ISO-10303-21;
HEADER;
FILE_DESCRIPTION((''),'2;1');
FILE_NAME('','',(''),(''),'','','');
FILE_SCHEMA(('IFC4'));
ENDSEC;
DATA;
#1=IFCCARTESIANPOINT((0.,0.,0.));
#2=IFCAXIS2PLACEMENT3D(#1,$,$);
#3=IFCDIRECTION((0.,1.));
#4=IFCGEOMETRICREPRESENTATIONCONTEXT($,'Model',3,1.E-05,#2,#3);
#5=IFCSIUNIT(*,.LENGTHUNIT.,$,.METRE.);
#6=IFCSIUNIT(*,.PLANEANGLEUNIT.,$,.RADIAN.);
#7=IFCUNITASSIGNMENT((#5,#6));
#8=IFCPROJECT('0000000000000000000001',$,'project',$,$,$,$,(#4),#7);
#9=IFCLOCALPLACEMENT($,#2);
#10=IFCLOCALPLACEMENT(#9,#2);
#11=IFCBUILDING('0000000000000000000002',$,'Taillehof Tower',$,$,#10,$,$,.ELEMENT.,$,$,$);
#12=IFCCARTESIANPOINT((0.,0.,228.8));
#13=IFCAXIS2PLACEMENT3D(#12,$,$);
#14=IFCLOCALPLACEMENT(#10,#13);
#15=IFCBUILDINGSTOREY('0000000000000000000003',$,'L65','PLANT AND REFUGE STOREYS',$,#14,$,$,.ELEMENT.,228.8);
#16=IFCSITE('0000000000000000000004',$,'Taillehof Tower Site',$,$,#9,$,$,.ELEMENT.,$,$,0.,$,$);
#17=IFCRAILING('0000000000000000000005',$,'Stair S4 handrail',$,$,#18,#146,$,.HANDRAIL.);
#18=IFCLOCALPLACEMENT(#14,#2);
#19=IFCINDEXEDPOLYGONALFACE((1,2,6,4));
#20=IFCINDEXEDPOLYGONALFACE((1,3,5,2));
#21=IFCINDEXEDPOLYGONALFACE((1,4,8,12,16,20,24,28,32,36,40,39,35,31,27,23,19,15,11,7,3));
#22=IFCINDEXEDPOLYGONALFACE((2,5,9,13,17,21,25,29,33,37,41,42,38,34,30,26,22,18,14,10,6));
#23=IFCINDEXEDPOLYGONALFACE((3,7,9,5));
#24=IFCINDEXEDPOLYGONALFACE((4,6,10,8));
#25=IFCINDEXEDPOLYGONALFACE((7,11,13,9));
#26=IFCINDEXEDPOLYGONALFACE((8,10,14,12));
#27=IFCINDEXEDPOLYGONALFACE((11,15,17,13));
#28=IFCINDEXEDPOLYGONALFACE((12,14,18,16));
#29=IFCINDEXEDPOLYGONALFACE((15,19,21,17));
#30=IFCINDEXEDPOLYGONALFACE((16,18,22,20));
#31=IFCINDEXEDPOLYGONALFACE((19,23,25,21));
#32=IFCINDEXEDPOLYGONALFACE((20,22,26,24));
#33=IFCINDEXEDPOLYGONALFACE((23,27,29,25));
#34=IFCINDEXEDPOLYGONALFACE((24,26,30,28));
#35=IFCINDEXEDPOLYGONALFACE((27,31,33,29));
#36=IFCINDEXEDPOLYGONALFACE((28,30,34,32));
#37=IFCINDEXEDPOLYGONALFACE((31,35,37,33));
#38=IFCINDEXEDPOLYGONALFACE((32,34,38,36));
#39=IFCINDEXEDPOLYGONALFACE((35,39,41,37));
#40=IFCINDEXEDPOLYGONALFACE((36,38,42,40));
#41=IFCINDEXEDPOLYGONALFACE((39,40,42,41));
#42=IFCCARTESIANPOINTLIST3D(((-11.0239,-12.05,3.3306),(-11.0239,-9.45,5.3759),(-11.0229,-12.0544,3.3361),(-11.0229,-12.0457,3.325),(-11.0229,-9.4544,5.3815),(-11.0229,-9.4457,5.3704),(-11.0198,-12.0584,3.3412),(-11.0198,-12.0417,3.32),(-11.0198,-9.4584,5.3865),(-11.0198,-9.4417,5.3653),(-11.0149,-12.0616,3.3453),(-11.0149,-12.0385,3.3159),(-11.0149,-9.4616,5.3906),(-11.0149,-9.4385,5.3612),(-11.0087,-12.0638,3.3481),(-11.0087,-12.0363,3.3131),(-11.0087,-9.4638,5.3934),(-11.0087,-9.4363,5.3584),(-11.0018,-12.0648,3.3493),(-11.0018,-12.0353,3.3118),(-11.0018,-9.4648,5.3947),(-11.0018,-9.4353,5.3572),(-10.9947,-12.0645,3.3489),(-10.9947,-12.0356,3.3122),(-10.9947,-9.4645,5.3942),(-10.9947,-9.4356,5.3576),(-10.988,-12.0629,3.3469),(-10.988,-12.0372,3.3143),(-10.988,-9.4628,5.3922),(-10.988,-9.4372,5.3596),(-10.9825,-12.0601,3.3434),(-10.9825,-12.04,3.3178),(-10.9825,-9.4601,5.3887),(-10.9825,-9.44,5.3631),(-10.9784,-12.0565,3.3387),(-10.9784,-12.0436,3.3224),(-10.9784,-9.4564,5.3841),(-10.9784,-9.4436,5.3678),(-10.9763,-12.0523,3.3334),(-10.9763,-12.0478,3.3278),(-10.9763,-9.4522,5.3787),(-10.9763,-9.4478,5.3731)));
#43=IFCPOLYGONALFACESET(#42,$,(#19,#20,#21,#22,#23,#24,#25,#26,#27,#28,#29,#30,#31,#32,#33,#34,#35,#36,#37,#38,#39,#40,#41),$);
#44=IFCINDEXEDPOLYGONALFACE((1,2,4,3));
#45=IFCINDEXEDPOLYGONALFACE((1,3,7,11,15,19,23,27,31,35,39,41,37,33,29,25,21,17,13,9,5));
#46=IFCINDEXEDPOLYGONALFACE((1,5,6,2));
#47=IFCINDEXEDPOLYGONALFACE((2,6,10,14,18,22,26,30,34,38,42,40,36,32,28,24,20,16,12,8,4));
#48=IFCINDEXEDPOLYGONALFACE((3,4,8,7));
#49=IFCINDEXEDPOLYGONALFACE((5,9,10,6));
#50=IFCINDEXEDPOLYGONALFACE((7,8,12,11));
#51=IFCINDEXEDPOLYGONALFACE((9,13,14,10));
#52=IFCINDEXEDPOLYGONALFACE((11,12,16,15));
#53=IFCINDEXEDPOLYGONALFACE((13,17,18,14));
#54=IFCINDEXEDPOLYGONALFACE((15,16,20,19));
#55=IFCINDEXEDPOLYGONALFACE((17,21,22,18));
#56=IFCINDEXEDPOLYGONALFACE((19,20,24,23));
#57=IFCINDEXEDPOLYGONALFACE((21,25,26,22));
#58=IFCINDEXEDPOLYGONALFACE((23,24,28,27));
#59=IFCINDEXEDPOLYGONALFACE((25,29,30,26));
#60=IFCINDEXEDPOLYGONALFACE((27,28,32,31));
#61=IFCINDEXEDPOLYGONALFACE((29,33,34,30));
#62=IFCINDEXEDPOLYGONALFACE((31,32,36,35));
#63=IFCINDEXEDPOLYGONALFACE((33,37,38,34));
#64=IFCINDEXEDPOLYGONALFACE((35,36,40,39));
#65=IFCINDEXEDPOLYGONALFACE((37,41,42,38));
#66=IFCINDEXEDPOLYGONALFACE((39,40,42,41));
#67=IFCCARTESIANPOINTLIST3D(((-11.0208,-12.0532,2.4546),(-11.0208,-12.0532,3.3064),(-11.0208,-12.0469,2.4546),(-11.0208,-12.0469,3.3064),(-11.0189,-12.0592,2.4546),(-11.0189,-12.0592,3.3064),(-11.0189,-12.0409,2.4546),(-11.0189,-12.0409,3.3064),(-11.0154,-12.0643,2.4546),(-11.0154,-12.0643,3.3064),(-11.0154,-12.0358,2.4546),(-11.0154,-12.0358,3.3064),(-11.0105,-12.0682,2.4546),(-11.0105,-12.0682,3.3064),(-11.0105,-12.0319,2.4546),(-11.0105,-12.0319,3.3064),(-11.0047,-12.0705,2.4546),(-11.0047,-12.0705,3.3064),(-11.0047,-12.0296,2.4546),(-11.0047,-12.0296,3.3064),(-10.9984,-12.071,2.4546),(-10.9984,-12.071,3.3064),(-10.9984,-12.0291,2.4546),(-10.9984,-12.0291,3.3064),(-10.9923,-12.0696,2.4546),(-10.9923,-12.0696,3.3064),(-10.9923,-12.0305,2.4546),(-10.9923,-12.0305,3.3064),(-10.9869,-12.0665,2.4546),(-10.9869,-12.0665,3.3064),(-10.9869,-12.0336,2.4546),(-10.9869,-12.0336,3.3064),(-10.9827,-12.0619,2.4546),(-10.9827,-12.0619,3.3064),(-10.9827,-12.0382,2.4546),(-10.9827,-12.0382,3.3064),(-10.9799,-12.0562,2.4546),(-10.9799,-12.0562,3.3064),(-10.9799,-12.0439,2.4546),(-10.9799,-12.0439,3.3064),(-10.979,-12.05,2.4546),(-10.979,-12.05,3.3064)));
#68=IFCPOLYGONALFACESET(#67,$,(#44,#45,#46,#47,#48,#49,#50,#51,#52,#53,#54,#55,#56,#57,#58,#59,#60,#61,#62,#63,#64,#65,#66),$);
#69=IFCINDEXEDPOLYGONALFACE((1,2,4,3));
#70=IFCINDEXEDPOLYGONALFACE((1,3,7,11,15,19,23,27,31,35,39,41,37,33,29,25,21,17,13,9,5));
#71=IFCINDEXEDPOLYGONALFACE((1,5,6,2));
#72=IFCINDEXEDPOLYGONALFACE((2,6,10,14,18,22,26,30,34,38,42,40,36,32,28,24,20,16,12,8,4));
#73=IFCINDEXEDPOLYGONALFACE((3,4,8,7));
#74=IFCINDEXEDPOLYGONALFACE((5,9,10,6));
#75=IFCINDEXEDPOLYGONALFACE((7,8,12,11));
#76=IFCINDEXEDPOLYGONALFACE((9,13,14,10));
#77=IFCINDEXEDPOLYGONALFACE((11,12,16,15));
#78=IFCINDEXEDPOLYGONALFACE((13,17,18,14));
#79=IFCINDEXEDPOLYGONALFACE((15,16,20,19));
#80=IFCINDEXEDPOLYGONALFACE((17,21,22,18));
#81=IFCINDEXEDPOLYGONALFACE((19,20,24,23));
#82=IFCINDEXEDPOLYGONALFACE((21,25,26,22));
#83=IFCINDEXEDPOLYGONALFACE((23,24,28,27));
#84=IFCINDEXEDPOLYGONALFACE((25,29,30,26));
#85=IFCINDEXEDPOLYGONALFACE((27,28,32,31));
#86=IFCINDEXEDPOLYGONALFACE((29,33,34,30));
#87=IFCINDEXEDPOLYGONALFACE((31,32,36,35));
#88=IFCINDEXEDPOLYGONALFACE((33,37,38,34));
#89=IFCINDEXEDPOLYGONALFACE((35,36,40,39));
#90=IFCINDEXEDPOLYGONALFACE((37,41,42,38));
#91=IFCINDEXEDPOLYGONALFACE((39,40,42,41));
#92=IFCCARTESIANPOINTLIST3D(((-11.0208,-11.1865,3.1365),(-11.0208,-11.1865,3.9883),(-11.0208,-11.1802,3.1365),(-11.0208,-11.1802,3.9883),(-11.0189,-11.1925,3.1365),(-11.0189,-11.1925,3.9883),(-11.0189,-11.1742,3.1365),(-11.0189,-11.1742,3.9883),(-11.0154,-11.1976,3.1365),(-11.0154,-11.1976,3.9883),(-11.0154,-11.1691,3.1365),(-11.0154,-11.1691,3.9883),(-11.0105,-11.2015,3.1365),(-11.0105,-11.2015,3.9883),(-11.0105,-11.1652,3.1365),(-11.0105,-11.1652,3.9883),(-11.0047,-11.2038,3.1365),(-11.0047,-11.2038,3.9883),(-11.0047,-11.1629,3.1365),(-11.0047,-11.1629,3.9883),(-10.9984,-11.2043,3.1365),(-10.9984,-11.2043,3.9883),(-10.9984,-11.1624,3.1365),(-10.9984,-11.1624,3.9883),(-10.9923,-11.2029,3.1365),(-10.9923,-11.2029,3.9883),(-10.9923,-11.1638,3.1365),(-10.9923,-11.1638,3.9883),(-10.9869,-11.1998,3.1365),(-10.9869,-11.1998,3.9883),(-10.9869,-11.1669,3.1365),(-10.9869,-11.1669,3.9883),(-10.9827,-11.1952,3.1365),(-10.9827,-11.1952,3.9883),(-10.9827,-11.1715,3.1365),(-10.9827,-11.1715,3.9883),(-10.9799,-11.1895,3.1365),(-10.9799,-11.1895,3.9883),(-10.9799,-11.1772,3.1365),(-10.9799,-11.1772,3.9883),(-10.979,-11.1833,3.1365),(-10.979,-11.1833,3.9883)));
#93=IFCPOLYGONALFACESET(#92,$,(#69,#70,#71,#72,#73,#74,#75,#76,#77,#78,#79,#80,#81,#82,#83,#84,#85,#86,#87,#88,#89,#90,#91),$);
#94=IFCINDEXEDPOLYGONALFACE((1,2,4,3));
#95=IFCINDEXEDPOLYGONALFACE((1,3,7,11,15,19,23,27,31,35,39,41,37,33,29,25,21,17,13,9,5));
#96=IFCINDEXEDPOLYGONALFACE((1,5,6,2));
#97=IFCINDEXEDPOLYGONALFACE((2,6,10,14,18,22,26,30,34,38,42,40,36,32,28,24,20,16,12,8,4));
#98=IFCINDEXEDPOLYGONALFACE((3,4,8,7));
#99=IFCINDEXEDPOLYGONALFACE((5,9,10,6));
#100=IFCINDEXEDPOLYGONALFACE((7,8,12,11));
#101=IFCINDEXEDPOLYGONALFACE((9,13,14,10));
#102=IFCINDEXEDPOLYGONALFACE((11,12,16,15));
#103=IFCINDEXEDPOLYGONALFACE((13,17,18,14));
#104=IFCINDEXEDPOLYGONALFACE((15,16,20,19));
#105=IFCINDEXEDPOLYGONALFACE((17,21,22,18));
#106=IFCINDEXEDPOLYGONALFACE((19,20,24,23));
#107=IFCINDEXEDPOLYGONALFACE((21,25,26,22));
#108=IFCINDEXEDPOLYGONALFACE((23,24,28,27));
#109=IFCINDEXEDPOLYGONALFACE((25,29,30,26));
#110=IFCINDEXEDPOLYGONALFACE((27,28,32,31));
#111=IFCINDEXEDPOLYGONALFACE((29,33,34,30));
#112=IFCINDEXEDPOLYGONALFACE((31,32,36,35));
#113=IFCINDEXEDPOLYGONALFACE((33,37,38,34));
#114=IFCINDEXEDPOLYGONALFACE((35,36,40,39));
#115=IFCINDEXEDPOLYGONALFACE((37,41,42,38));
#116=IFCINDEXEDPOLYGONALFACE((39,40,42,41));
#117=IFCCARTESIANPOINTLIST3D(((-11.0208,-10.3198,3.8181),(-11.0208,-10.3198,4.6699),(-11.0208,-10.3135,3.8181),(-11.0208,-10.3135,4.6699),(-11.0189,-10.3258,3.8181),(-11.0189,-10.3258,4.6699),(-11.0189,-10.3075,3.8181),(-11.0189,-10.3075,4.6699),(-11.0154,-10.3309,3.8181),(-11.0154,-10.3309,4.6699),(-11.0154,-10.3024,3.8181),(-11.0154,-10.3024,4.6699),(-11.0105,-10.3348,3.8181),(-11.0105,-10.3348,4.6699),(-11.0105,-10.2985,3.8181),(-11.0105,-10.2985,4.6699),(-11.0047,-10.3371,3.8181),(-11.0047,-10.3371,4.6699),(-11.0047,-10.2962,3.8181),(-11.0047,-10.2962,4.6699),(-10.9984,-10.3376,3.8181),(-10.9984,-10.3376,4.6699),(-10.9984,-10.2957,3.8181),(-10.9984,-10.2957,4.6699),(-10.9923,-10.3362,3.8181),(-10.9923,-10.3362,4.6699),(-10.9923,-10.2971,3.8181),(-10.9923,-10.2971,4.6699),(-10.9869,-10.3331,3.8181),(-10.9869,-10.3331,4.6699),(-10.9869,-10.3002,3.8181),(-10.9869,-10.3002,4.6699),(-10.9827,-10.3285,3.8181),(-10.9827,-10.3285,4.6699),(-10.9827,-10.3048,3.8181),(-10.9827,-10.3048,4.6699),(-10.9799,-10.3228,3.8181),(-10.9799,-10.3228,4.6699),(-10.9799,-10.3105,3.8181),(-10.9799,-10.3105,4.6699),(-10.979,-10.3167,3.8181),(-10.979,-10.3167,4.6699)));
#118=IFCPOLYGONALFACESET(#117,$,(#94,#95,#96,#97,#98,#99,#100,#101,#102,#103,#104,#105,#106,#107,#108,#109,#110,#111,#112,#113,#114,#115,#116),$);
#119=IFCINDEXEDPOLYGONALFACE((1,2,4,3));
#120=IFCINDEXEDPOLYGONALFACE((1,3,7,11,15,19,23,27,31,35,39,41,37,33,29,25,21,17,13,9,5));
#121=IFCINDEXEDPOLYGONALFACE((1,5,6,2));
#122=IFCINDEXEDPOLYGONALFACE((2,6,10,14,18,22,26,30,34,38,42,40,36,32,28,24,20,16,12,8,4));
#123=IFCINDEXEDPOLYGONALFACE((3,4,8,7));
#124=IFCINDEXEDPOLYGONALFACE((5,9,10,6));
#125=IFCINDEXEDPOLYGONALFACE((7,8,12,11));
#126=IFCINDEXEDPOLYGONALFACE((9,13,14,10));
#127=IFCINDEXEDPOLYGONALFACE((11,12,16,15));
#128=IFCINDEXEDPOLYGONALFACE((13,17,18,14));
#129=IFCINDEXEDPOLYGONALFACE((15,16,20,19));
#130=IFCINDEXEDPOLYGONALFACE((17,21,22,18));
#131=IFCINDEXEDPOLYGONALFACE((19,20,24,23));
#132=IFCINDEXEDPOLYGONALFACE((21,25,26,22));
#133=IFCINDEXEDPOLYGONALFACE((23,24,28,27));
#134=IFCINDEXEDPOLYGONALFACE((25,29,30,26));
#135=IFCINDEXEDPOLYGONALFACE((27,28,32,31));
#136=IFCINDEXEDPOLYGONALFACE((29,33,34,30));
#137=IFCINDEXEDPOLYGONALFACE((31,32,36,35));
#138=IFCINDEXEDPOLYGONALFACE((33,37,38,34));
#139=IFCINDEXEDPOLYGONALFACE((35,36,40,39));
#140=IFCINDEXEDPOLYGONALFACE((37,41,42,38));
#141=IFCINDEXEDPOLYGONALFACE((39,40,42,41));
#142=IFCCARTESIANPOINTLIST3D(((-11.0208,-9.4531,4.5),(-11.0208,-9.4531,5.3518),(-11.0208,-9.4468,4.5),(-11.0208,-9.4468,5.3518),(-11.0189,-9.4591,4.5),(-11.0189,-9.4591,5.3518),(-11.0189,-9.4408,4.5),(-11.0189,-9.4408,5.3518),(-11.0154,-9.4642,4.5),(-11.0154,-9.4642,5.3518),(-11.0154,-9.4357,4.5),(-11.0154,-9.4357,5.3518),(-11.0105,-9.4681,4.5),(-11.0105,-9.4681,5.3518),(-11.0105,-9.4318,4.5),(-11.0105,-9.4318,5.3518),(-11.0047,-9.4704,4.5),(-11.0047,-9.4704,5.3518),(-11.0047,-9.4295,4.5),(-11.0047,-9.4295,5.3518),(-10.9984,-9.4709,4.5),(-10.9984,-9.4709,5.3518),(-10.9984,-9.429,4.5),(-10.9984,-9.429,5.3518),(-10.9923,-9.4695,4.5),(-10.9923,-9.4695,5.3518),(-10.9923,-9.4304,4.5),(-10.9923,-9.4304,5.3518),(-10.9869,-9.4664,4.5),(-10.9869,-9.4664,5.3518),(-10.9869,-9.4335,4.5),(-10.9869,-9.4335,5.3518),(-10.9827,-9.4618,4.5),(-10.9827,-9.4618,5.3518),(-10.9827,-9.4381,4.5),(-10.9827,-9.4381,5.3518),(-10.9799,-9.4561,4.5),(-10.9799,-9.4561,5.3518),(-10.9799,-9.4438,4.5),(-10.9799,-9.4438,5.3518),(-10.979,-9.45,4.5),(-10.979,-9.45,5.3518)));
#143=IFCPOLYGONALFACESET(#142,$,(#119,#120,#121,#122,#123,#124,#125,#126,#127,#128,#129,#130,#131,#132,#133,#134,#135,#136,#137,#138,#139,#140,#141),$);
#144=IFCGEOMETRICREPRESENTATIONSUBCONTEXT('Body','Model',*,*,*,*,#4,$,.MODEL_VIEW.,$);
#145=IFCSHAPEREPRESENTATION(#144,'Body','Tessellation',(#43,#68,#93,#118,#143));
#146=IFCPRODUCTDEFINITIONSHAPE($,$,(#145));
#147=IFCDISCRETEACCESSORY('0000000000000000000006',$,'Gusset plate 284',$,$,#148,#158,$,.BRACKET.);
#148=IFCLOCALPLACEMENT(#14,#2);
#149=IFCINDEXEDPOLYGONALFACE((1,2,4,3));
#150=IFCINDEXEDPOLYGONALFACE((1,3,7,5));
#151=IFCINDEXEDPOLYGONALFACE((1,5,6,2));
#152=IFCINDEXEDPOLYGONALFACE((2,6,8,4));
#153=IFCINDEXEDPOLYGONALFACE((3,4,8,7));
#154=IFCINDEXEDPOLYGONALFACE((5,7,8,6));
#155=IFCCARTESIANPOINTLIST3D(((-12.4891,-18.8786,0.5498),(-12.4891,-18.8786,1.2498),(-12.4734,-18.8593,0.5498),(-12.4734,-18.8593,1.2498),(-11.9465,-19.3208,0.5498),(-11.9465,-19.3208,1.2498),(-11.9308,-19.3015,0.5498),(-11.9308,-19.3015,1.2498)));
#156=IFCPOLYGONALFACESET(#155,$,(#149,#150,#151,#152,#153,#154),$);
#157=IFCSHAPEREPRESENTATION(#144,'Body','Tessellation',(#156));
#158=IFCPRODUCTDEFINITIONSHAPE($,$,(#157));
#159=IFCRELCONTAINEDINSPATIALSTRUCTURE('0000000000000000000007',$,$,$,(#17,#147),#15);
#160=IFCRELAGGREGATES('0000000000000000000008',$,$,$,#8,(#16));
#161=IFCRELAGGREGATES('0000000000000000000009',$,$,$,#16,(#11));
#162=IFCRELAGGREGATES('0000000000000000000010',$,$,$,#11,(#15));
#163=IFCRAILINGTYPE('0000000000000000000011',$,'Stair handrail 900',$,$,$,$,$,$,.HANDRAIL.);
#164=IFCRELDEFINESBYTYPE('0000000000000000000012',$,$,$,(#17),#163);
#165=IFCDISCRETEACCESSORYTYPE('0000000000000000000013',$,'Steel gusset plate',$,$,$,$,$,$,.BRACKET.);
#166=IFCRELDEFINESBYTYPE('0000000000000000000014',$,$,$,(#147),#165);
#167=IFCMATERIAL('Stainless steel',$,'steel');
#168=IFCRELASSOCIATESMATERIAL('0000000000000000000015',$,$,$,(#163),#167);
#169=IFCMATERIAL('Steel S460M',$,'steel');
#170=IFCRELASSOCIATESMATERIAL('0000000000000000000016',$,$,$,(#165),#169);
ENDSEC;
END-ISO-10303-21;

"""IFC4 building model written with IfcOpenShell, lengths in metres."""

from ifc_helpers import new_model, si_unit, direction, frame, origin, origin_2d, place, context, subcontext, project, spatial, rectangle, circle, extrude, material, type_object, element, save


model = new_model("IFC4")

# Units and contexts
model_context = context("Model", 3, precision=1e-05, world=origin(), true_north=direction((0.0, 1.0)))
body_context = subcontext(model_context, "Body", "Model", "MODEL_VIEW")
ifc_project = project(units=[si_unit("LENGTHUNIT", "METRE"), si_unit("PLANEANGLEUNIT", "RADIAN")], contexts=[model_context])

# Site, building, storey
site_placement = place(None, origin())
site = spatial("IfcSite", under=ifc_project, at=site_placement, Name="Taillehof Tower Site", CompositionType="ELEMENT", RefElevation=0.0)
building_placement = place(site_placement, origin())
building = spatial("IfcBuilding", under=site, at=building_placement, Name="Taillehof Tower", CompositionType="ELEMENT")
storey_placement = place(building_placement, frame((0.0, 0.0, 228.8)))
storey = spatial("IfcBuildingStorey", under=building, at=storey_placement, Name="L65", Description="PLANT AND REFUGE STOREYS", CompositionType="ELEMENT", Elevation=228.8)

# Railing
ifc_material_1 = material(Name="Stainless steel", Category="steel")
railing_type = type_object("IfcRailingType", Name="Stair handrail 900", PredefinedType="HANDRAIL", material=ifc_material_1)
railing_placement = place(storey_placement, frame((-11.0, -12.05, 2.4546)))
element("IfcRailing", 1, at=railing_placement, inside=storey, type_object=railing_type, Name="Stair S4 handrail", PredefinedType="HANDRAIL", context=body_context, shape_type="SweptSolid", body=[
    extrude(circle(Radius=0.0239, at=origin_2d()), frame((0.0, 0.0, 0.876), z_axis=(0.0, 0.785955, 0.618284), x_axis=(-1.0, 0.0, 0.0)), (0.0, 0.0, 1.0), 3.3081),
    extrude(circle(Radius=0.021, at=origin_2d()), origin(), (0.0, 0.0, 1.0), 0.8518),
    extrude(circle(Radius=0.021, at=origin_2d()), frame((0.0, 0.8667, 0.6819)), (0.0, 0.0, 1.0), 0.8518),
    extrude(circle(Radius=0.021, at=origin_2d()), frame((0.0, 1.7334, 1.3635)), (0.0, 0.0, 1.0), 0.8518),
    extrude(circle(Radius=0.021, at=origin_2d()), frame((0.0, 2.6001, 2.0454)), (0.0, 0.0, 1.0), 0.8518),
])

# Discrete accessory
ifc_material_2 = material(Name="Steel S460M", Category="steel")
discrete_accessory_type = type_object("IfcDiscreteAccessoryType", Name="Steel gusset plate", PredefinedType="BRACKET", material=ifc_material_2)
discrete_accessory_placement = place(storey_placement, frame((-12.21, -19.0901, 0.5498), z_axis=(0.0, 0.0, 1.0), x_axis=(0.775156, -0.63177, 0.0)))
element("IfcDiscreteAccessory", 2, at=discrete_accessory_placement, inside=storey, type_object=discrete_accessory_type, Name="Gusset plate 284", PredefinedType="BRACKET", context=body_context, shape_type="SweptSolid", body=[
    extrude(rectangle(XDim=0.7, YDim=0.0249, at=origin_2d()), origin(), (0.0, 0.0, 1.0), 0.7),
])

save(model, "model.ifc")
